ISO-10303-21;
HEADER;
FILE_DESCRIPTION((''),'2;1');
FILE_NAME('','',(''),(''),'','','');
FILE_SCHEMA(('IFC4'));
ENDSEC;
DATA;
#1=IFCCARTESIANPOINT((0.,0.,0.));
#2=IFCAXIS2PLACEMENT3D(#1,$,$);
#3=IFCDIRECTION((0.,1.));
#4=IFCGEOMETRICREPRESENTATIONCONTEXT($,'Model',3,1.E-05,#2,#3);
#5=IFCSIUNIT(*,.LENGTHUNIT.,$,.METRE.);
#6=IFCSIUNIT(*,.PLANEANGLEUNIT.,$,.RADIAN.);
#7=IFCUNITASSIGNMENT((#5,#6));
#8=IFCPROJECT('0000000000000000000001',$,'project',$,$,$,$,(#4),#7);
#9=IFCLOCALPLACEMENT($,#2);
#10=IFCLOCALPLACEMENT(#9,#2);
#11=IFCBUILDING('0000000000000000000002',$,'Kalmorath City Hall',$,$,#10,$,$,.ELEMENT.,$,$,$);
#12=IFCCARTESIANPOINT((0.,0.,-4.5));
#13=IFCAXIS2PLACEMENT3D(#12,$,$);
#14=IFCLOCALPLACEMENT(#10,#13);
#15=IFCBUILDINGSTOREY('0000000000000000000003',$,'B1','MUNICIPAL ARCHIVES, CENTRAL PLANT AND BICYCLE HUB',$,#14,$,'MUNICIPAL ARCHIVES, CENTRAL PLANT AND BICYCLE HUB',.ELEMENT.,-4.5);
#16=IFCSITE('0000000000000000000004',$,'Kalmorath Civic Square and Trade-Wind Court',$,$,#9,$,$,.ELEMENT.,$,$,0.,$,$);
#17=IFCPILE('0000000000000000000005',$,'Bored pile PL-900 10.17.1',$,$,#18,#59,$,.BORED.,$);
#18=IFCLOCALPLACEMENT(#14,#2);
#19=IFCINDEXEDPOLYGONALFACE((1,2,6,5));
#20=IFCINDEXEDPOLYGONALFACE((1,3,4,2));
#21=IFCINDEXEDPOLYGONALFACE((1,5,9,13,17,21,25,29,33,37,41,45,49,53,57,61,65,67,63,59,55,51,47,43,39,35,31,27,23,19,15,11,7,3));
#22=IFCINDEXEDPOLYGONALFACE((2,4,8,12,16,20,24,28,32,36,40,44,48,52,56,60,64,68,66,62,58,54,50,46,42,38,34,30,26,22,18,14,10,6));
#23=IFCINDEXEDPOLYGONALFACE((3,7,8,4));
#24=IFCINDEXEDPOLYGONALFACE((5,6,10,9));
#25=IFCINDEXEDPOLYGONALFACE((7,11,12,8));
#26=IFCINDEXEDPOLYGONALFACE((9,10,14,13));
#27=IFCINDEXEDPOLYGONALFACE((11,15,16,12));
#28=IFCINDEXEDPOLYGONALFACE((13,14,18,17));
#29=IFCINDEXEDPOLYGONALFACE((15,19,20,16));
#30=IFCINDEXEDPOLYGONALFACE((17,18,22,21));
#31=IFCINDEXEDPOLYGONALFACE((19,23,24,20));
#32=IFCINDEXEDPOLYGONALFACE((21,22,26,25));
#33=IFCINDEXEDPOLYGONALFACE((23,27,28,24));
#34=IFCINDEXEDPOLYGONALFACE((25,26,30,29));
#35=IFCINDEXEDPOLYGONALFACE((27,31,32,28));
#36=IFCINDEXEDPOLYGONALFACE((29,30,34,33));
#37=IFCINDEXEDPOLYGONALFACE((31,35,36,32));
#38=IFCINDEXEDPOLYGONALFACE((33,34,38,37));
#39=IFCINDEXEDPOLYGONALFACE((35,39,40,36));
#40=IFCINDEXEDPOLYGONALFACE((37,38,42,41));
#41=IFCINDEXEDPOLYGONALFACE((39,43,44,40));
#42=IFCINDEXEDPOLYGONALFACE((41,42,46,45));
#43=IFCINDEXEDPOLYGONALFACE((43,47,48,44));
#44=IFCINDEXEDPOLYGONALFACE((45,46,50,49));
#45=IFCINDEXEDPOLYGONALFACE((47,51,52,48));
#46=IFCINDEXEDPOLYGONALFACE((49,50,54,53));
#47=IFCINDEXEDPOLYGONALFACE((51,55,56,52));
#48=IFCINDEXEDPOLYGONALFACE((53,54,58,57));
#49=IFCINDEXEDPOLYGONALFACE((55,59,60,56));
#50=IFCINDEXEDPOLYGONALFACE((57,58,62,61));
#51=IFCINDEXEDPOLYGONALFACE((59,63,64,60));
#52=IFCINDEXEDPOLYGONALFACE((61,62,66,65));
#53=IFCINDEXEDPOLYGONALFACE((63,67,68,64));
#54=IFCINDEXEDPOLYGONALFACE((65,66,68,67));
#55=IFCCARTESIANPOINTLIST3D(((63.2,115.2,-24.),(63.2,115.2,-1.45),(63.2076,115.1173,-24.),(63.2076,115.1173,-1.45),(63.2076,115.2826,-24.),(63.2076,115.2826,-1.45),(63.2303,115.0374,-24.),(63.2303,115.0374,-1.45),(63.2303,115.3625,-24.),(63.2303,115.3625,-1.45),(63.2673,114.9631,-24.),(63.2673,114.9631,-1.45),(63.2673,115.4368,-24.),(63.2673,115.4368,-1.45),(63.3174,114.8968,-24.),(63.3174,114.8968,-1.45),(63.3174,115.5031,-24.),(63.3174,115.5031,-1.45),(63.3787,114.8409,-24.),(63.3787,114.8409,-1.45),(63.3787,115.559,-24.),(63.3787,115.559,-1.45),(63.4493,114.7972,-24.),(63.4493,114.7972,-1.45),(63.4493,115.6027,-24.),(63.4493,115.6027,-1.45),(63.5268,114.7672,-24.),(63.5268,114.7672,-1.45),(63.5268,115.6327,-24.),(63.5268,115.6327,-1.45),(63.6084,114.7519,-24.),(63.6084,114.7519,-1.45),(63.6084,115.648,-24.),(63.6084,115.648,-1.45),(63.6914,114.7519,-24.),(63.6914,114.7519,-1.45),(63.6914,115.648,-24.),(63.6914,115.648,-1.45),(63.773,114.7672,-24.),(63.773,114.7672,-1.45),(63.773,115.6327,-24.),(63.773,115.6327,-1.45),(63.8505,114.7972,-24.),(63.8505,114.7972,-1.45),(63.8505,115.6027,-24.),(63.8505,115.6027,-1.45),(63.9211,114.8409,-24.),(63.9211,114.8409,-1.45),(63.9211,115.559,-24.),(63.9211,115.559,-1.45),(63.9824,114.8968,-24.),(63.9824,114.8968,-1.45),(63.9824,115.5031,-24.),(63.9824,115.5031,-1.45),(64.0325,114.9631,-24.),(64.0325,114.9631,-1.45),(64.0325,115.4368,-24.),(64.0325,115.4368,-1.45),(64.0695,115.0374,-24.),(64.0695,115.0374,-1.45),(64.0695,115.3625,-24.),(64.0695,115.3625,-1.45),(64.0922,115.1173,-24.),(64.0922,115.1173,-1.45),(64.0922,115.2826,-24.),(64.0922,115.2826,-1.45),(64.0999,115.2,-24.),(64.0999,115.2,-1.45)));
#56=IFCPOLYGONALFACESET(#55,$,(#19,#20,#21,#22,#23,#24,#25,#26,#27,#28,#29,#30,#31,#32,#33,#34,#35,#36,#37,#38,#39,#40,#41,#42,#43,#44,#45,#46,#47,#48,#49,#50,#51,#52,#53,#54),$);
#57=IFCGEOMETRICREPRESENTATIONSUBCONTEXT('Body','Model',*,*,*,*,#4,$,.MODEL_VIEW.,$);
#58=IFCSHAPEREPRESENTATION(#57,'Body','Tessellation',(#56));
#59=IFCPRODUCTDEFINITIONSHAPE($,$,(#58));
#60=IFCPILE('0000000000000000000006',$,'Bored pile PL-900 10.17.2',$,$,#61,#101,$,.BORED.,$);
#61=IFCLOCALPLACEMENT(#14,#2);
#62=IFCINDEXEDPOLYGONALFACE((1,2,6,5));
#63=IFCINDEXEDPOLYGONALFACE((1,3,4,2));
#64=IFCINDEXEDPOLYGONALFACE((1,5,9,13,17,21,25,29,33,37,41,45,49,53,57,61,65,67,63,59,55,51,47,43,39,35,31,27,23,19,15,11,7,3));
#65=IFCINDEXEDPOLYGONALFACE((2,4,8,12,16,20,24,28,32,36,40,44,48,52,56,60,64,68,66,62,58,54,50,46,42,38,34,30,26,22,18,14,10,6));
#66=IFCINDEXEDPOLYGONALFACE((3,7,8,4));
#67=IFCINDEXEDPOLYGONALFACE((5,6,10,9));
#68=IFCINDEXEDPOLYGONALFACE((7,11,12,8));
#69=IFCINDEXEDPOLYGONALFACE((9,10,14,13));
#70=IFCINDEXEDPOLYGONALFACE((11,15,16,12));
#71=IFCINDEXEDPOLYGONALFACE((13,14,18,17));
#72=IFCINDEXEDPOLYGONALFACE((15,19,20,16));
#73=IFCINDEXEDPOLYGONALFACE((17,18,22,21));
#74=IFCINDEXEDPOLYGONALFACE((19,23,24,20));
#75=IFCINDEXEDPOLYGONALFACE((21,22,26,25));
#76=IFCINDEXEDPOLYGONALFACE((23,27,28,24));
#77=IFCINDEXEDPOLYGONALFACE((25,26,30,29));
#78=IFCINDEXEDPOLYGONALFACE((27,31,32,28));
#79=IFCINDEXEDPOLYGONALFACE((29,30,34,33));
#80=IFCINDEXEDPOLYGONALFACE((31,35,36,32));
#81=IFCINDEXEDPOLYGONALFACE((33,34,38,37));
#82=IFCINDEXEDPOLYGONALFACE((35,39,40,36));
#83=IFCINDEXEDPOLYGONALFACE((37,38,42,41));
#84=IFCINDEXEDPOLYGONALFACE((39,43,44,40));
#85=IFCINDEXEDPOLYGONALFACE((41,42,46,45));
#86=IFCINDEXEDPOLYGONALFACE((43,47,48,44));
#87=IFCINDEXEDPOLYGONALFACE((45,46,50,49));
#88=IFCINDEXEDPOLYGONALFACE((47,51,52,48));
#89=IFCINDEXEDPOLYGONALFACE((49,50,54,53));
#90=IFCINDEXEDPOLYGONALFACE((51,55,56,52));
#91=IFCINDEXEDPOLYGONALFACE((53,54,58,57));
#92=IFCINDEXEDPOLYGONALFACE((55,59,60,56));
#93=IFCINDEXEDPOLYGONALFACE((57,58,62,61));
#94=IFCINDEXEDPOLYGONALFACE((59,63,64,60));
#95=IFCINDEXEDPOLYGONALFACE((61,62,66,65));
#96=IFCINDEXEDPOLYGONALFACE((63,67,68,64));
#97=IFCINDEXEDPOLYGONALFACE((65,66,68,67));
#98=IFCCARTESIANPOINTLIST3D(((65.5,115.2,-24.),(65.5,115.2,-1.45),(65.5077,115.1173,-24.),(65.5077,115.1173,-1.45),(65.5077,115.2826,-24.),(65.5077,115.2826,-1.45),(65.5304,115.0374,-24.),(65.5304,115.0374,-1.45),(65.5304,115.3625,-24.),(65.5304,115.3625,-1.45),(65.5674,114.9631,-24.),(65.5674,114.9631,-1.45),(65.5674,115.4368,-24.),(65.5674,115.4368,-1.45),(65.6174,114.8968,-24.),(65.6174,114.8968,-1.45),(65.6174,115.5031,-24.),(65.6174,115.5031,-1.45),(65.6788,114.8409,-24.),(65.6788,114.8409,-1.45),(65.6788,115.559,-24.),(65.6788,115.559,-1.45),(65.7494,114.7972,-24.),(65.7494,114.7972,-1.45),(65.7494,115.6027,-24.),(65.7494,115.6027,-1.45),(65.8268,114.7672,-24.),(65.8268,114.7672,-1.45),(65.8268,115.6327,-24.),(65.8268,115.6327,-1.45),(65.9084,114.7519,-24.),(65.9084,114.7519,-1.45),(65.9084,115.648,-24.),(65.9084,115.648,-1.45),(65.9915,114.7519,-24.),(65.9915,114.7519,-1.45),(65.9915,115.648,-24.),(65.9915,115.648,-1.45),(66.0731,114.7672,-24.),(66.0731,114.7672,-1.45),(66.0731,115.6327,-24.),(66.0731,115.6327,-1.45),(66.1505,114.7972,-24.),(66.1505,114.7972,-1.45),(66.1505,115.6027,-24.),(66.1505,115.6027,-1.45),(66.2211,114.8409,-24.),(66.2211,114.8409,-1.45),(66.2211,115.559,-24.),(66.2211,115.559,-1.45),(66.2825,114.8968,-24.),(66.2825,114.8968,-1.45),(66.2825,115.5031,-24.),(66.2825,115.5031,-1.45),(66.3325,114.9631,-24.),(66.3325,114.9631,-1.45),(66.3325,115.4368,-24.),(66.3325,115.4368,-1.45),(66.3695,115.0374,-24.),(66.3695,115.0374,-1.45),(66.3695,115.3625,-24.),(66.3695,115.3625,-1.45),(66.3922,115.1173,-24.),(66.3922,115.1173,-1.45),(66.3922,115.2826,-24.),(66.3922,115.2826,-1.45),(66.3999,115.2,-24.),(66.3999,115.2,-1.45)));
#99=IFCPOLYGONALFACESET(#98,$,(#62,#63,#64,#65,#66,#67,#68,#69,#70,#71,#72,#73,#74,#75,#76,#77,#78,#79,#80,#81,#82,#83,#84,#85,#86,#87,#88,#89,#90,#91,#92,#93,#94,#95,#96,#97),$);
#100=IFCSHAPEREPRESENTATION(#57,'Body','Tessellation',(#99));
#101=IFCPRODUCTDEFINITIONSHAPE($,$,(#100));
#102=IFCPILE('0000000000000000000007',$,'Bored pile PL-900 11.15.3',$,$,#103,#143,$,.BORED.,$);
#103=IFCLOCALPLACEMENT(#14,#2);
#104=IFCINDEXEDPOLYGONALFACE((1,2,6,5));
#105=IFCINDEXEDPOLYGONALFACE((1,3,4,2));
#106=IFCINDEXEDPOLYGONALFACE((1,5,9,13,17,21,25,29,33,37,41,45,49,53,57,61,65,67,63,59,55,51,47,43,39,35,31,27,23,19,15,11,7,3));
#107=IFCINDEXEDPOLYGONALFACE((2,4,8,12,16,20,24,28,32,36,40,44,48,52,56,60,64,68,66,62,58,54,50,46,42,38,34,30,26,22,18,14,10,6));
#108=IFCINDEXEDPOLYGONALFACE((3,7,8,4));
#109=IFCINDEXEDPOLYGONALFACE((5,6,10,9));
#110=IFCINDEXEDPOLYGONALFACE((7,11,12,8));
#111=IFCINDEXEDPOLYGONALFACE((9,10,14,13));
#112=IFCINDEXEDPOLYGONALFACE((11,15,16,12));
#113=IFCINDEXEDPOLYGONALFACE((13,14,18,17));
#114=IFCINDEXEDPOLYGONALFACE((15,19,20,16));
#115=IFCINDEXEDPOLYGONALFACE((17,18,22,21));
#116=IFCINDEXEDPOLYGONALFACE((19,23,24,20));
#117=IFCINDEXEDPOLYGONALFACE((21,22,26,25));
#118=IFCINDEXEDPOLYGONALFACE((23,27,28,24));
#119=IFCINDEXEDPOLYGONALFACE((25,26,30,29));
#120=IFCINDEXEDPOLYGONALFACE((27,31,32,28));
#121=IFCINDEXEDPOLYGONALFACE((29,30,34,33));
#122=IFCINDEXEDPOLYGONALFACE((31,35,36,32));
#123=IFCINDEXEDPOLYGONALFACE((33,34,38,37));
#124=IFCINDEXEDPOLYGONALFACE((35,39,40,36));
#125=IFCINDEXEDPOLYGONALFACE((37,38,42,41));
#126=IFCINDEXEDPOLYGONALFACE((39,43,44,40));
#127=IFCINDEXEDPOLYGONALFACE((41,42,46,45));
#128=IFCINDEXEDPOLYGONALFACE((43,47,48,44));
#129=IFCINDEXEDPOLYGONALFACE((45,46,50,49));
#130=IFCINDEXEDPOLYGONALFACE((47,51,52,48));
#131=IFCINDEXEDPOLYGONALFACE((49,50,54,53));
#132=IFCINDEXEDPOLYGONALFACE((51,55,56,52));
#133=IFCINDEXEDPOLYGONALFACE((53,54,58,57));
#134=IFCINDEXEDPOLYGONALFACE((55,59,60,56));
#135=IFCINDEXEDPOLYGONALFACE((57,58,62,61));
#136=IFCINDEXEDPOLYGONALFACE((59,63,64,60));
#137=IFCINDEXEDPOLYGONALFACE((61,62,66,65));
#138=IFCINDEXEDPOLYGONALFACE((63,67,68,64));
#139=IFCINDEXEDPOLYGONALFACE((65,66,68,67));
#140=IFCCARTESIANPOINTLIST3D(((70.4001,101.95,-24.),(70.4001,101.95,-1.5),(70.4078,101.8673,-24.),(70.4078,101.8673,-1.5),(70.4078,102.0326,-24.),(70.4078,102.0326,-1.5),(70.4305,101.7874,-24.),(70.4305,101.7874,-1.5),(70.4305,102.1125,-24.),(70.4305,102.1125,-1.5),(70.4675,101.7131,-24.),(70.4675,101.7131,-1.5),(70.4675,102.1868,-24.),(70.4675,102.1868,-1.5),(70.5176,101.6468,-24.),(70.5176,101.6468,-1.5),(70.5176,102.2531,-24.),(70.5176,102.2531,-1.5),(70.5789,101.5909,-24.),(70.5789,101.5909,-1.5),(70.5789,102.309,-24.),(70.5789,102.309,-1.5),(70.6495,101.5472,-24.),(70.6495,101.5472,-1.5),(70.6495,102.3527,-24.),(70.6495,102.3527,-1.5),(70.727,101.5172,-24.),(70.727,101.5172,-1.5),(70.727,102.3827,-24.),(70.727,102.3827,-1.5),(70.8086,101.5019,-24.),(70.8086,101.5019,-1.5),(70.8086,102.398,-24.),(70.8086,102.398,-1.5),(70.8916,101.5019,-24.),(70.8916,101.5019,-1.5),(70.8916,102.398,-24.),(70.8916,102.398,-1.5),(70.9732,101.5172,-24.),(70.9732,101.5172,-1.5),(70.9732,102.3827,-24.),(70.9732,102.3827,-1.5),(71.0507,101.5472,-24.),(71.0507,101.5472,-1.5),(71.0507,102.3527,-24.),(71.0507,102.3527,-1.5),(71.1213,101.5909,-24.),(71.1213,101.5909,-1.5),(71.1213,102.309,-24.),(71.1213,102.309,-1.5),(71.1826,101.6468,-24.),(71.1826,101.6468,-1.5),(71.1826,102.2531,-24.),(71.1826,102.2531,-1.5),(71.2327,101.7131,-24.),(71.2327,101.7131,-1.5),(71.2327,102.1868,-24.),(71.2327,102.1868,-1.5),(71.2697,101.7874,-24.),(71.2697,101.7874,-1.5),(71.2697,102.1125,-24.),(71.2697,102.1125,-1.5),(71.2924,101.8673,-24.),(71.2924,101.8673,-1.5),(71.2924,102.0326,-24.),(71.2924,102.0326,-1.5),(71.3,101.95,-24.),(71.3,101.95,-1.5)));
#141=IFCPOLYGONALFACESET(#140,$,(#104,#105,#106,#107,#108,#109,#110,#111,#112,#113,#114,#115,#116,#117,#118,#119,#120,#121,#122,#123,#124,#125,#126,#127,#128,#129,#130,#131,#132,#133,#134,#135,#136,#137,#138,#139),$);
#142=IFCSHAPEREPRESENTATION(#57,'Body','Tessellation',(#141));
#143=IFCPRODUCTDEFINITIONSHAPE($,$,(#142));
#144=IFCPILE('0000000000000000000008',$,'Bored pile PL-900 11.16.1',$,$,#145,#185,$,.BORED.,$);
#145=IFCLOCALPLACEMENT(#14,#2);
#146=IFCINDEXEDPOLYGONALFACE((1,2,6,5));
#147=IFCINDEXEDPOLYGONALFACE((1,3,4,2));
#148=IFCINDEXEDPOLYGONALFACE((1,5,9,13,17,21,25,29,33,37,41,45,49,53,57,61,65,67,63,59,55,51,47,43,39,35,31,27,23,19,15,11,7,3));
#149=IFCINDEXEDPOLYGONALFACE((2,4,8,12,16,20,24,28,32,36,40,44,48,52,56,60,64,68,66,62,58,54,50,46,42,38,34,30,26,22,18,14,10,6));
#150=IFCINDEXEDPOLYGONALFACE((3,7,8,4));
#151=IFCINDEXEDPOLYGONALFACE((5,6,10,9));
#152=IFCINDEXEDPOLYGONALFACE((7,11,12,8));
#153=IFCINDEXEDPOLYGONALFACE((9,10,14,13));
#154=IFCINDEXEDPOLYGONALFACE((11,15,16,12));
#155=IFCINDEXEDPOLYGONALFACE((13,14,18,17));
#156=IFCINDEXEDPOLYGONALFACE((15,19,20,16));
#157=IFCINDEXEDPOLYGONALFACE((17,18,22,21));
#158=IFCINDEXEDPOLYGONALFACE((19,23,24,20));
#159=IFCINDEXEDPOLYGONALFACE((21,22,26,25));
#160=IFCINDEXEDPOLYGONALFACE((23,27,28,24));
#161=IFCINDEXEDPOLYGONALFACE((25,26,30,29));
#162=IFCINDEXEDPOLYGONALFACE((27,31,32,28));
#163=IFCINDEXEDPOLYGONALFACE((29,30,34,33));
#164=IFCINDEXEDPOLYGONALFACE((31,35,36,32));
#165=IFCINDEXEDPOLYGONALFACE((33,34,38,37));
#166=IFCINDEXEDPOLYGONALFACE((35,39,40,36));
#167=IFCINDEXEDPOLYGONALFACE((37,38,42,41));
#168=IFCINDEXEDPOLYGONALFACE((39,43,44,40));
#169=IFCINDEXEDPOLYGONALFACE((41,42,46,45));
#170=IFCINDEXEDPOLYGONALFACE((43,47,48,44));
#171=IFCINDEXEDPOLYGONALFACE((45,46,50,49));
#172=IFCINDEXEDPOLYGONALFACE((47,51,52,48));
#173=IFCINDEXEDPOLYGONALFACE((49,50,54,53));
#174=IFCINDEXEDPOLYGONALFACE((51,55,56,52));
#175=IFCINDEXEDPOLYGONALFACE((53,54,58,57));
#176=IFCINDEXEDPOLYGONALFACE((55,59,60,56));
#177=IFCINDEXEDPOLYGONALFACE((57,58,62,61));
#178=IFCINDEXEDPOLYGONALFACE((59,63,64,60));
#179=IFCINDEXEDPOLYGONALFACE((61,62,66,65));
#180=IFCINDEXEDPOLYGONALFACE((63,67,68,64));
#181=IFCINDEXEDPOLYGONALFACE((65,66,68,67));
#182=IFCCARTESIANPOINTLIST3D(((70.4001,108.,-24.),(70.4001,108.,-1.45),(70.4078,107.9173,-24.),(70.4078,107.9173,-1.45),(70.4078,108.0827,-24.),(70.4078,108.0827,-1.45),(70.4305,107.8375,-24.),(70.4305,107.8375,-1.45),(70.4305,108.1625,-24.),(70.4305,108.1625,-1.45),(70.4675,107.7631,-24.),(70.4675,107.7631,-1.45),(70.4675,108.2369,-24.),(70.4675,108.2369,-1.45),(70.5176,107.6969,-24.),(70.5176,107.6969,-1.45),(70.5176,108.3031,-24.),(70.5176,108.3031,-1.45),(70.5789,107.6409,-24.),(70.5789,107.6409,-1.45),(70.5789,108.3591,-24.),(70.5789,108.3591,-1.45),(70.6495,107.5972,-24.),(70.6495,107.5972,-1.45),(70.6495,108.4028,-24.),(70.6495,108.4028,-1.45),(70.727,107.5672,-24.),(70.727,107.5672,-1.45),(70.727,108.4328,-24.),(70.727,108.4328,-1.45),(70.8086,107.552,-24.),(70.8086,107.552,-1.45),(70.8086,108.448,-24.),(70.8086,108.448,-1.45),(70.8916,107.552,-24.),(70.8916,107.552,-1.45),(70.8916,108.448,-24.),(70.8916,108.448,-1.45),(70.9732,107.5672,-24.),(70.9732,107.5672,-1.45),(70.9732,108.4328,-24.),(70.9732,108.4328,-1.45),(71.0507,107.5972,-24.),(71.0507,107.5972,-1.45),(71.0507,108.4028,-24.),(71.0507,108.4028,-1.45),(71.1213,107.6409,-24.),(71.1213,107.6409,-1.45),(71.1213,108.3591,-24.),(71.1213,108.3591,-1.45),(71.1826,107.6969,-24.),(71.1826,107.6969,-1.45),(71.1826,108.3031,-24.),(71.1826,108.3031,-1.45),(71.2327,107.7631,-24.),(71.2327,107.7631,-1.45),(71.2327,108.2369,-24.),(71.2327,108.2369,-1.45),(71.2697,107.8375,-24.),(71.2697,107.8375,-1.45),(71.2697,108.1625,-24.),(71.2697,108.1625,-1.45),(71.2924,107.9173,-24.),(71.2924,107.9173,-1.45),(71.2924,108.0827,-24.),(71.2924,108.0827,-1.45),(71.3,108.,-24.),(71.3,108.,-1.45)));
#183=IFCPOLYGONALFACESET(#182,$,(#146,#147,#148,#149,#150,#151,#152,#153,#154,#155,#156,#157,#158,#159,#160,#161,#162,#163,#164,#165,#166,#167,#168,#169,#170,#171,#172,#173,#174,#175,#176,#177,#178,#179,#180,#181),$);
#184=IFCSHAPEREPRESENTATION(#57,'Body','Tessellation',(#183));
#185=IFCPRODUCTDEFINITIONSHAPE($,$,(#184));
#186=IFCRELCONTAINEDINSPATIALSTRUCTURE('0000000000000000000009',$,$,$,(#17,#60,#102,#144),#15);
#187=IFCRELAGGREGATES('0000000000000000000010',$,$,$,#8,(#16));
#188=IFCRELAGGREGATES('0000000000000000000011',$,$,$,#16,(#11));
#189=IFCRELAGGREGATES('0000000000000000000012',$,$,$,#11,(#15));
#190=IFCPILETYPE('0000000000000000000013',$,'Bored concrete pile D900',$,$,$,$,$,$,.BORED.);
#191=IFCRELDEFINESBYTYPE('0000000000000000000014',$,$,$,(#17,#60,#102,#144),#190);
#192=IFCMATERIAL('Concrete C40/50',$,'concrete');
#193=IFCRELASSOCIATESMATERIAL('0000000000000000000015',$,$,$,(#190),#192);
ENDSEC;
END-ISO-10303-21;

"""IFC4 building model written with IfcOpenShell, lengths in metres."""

from ifc_helpers import new_model, si_unit, direction, frame, origin, origin_2d, place, context, subcontext, project, spatial, circle, extrude, material, material_profile, profile_set, type_object, element, save


model = new_model("IFC4")

# Units and contexts
model_context = context("Model", 3, precision=1e-05, world=origin(), true_north=direction((0.0, 1.0)))
body_context = subcontext(model_context, "Body", "Model", "MODEL_VIEW")
ifc_project = project(units=[si_unit("LENGTHUNIT", "METRE"), si_unit("PLANEANGLEUNIT", "RADIAN")], contexts=[model_context])

# Site, building, storey
site_placement = place(None, origin())
site = spatial("IfcSite", under=ifc_project, at=site_placement, Name="Kalmorath Civic Square and Trade-Wind Court", CompositionType="ELEMENT", RefElevation=0.0)
building_placement = place(site_placement, origin())
building = spatial("IfcBuilding", under=site, at=building_placement, Name="Kalmorath City Hall", CompositionType="ELEMENT")
storey_placement = place(building_placement, frame((0.0, 0.0, -4.5)))
storey = spatial("IfcBuildingStorey", under=building, at=storey_placement, Name="B1", Description="MUNICIPAL ARCHIVES, CENTRAL PLANT AND BICYCLE HUB", LongName="MUNICIPAL ARCHIVES, CENTRAL PLANT AND BICYCLE HUB", CompositionType="ELEMENT", Elevation=-4.5)

# Piles
ifc_material_1 = material(Name="Concrete C40/50", Category="concrete")
ifc_material_profile_1 = material_profile(ifc_material_1, circle(Radius=0.45, at=origin_2d()), Name="PILE-D900")
ifc_profile_set_1 = profile_set([ifc_material_profile_1], Name="Concrete C40/50")
pile_type = type_object("IfcPileType", Name="Bored concrete pile D900", PredefinedType="BORED", material=ifc_profile_set_1)
for number, where, z_axis, x_axis, name in (
    (1, (63.6499, 115.2, -1.45), (0.0, 0.0, -1.0), (1.0, 0.0, 0.0), "Bored pile PL-900 10.17.1"),
    (2, (65.95, 115.2, -1.45), (0.0, 0.0, -1.0), (1.0, 0.0, 0.0), "Bored pile PL-900 10.17.2"),
):
    element("IfcPile", number, at=place(storey_placement, frame(where, z_axis=z_axis, x_axis=x_axis)), inside=storey, type_object=pile_type, Name=name, PredefinedType="BORED", context=body_context, shape_type="SweptSolid", body=[
        extrude(circle(Radius=0.45, at=origin_2d()), origin(), (0.0, 0.0, 1.0), 22.55),
    ])
pile_1_placement = place(storey_placement, frame((70.8501, 101.95, -1.5), z_axis=(0.0, 0.0, -1.0), x_axis=(1.0, 0.0, 0.0)))
element("IfcPile", 3, at=pile_1_placement, inside=storey, type_object=pile_type, Name="Bored pile PL-900 11.15.3", PredefinedType="BORED", context=body_context, shape_type="SweptSolid", body=[
    extrude(circle(Radius=0.45, at=origin_2d()), origin(), (0.0, 0.0, 1.0), 22.5),
])
pile_2_placement = place(storey_placement, frame((70.8501, 108.0, -1.45), z_axis=(0.0, 0.0, -1.0), x_axis=(1.0, 0.0, 0.0)))
element("IfcPile", 4, at=pile_2_placement, inside=storey, type_object=pile_type, Name="Bored pile PL-900 11.16.1", PredefinedType="BORED", context=body_context, shape_type="SweptSolid", body=[
    extrude(circle(Radius=0.45, at=origin_2d()), origin(), (0.0, 0.0, 1.0), 22.55),
])

save(model, "model.ifc")
